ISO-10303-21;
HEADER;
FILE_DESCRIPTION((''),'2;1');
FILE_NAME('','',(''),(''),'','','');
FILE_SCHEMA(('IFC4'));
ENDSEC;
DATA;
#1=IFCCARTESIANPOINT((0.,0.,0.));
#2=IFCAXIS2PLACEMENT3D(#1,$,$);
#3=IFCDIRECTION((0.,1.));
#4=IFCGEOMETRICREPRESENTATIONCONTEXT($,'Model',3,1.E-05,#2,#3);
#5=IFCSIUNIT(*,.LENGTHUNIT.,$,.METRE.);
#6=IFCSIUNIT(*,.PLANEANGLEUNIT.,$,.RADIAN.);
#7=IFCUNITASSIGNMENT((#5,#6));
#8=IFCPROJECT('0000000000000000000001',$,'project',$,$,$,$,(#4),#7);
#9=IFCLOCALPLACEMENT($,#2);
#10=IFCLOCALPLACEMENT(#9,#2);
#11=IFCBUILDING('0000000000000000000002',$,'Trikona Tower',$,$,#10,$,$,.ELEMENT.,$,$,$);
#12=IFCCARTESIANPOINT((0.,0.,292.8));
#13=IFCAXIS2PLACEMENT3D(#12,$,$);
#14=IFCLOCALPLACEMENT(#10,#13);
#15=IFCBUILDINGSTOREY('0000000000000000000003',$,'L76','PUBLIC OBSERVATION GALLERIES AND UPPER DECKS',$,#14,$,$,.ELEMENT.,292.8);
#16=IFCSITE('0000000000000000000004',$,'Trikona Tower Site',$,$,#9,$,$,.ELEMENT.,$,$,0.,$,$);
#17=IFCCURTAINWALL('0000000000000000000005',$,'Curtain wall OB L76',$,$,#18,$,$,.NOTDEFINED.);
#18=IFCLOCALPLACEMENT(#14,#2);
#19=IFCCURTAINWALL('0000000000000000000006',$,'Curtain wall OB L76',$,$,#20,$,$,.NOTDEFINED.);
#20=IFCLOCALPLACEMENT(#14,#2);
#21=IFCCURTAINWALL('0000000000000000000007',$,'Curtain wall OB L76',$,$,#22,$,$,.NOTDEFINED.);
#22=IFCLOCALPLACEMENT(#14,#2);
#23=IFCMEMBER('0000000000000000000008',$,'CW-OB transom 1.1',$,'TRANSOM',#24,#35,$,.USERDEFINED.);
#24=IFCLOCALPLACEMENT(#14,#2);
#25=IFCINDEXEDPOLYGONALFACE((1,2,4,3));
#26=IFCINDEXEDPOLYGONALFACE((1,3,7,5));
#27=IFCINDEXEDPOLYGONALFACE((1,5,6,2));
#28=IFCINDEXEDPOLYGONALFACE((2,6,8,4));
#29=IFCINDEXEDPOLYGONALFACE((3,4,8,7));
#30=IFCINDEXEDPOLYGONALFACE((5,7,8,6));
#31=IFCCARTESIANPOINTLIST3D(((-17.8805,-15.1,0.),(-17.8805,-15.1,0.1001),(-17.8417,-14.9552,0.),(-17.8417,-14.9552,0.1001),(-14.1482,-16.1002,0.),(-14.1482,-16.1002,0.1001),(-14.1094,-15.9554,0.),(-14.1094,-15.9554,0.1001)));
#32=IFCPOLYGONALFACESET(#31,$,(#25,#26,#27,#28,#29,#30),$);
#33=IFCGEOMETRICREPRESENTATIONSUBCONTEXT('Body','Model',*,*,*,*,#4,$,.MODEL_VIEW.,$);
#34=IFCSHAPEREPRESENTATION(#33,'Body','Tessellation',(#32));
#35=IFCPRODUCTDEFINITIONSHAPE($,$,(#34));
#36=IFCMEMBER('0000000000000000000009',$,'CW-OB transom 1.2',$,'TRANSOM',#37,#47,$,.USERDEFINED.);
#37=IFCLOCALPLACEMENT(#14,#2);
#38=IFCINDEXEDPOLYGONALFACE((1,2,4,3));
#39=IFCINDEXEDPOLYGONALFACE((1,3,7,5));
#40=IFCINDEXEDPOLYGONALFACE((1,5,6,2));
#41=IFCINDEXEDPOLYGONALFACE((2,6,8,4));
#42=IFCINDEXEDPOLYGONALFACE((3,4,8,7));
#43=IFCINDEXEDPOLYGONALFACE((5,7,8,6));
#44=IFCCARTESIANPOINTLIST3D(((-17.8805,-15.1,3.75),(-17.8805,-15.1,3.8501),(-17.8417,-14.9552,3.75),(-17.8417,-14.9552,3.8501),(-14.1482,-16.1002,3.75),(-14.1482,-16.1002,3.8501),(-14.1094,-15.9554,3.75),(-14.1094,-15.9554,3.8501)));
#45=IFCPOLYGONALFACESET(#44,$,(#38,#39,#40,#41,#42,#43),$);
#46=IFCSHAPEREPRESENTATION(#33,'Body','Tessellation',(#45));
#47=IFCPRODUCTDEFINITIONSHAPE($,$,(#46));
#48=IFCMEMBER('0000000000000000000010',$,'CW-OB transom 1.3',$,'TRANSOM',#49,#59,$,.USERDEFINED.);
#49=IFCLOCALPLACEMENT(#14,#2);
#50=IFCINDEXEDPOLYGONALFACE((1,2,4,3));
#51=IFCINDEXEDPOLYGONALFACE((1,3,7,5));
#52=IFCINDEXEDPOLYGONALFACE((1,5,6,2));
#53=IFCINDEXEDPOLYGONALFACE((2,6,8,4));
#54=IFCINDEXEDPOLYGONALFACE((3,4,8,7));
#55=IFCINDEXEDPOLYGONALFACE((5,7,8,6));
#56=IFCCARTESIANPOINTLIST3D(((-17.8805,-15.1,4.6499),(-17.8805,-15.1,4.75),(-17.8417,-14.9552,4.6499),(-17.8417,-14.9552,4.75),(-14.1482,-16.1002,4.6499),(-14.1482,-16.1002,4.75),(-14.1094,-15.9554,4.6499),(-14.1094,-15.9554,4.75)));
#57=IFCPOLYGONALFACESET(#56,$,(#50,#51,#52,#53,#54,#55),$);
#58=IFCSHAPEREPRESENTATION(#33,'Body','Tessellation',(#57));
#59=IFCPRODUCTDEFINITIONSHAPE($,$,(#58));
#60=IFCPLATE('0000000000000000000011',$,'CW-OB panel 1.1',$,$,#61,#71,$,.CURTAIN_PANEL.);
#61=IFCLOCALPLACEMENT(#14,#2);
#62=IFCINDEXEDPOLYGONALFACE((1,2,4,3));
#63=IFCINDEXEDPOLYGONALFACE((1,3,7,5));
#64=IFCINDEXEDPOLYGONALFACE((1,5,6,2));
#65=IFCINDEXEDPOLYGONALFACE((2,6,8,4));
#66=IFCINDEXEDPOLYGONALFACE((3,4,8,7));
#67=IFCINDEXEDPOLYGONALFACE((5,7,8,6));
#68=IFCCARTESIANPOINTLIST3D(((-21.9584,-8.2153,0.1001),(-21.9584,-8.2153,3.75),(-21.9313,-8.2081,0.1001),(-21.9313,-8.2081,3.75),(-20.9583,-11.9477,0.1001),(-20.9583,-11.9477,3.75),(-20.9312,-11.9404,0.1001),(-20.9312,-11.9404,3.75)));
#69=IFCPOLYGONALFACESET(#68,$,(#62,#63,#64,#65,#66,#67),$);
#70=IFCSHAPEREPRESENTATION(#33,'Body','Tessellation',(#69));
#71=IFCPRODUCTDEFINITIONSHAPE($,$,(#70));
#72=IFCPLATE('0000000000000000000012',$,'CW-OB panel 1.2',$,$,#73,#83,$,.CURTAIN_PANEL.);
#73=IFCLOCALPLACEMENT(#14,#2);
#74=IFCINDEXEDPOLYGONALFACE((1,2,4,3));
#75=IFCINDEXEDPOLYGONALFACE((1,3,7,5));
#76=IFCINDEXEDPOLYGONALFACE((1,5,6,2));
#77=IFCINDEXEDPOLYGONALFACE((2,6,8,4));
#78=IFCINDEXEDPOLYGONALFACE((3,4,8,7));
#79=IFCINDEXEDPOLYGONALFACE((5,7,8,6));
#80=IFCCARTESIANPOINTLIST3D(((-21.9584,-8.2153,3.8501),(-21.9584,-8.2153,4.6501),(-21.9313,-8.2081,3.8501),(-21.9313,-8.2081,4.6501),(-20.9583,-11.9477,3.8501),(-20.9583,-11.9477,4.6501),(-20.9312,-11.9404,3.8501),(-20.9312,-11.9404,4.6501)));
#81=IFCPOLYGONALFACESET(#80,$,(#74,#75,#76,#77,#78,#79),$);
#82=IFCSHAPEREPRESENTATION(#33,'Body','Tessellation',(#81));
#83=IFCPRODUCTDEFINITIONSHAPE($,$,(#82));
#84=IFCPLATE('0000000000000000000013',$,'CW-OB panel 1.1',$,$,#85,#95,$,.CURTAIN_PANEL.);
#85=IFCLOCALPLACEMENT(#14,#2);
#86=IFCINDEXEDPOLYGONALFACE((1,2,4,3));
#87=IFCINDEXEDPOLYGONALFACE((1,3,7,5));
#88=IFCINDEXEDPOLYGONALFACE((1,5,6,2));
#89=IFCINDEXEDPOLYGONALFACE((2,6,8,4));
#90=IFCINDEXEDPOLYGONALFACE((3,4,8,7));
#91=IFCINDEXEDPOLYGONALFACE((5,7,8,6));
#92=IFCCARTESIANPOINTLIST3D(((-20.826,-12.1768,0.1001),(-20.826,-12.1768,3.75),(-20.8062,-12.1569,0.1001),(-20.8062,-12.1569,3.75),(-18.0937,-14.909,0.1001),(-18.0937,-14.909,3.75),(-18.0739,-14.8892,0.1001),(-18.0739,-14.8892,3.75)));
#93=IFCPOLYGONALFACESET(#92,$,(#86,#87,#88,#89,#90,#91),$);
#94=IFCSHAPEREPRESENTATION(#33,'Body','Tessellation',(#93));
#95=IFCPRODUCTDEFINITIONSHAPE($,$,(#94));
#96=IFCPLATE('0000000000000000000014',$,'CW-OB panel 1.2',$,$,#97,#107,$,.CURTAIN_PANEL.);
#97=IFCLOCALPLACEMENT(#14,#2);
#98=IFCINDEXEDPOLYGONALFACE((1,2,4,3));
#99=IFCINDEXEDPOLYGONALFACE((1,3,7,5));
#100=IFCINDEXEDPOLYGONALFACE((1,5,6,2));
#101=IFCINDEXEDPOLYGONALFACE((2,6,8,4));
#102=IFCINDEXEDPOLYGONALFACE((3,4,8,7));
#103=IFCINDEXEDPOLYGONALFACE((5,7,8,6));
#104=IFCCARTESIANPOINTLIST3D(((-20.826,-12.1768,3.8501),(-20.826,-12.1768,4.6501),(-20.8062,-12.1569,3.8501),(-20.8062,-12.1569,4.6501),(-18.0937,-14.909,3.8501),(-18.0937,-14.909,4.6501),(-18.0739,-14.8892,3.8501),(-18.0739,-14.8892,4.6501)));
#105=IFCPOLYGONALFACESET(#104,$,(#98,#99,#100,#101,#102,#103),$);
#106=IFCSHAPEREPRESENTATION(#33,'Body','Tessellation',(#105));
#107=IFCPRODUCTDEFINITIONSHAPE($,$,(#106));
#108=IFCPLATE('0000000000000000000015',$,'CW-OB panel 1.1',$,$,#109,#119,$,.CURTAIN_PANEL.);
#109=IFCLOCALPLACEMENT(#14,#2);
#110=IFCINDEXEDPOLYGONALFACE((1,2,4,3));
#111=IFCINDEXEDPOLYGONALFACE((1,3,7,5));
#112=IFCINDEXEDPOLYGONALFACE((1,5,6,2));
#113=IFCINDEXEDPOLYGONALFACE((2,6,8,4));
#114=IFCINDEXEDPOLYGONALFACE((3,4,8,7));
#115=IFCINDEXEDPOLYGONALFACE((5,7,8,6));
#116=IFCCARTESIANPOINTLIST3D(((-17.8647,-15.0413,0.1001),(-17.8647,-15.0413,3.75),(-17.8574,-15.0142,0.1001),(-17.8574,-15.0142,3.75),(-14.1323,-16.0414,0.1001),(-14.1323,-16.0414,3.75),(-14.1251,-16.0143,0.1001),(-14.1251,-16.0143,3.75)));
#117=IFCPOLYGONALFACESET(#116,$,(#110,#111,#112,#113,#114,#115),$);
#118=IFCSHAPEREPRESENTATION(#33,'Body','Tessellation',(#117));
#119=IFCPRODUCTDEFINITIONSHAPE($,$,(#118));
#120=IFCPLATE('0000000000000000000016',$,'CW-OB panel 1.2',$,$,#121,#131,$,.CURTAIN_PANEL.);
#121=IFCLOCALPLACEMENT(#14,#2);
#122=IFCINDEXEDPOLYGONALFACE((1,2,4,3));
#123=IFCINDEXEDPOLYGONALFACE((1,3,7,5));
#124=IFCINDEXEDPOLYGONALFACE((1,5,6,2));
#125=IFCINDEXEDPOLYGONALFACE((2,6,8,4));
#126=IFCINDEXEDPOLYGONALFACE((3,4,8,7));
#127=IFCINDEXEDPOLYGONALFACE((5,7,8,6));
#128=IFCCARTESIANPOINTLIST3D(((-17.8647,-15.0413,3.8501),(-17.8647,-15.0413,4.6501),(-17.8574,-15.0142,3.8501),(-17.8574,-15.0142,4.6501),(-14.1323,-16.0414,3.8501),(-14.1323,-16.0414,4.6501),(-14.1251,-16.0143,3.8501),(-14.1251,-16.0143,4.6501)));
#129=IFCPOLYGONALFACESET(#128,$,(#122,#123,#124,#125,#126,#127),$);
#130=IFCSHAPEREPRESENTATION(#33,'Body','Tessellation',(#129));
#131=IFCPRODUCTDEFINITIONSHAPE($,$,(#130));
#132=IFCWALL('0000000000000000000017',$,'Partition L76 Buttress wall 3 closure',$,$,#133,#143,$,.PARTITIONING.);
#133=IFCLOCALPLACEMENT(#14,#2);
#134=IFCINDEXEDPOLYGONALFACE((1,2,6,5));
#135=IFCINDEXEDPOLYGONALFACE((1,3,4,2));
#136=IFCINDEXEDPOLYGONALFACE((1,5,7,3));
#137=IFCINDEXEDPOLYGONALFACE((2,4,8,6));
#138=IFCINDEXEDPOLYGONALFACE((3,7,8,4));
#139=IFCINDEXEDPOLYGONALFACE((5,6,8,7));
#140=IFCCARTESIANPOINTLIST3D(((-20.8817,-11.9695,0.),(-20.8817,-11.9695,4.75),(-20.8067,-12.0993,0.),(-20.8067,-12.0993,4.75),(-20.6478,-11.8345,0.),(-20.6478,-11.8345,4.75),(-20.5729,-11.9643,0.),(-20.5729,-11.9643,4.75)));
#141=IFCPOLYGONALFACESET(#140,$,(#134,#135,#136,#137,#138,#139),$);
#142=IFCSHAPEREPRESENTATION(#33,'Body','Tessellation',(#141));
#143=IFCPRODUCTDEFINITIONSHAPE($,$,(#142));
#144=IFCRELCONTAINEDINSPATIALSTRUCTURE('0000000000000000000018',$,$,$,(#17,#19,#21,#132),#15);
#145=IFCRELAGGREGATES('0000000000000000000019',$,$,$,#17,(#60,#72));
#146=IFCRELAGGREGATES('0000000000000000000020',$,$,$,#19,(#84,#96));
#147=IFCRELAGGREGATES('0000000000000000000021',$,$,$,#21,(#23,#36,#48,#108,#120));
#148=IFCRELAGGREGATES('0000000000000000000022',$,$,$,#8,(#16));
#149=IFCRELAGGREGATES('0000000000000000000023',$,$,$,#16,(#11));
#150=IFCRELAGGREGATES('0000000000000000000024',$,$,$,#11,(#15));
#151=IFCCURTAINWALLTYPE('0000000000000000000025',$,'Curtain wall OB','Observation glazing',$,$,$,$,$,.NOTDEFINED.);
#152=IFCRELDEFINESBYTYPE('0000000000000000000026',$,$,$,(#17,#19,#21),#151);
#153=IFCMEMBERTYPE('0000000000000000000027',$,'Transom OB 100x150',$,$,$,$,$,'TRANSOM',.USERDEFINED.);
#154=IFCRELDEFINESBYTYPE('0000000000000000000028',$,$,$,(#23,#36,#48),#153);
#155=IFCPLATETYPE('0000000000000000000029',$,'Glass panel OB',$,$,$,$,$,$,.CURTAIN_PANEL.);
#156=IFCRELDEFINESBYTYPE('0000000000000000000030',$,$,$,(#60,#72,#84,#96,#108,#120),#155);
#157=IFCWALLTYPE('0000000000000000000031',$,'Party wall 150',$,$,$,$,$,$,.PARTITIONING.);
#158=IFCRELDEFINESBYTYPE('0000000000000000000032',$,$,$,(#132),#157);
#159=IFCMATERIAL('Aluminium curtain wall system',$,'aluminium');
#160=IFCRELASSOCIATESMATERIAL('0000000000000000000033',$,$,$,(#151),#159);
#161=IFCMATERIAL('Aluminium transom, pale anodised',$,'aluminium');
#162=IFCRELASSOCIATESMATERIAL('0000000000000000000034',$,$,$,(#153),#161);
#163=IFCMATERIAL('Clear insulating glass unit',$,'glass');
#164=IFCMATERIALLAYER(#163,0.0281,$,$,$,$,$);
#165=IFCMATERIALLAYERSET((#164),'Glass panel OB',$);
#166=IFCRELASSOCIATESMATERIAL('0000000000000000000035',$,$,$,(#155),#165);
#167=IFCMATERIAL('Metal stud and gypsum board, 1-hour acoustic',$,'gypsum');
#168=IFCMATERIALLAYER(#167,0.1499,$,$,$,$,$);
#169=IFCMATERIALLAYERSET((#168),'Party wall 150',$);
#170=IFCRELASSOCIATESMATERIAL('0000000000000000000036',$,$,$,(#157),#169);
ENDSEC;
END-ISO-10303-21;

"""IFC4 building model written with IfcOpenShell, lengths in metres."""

from ifc_helpers import new_model, si_unit, direction, frame, frame_2d, origin, origin_2d, place, context, subcontext, project, spatial, rectangle, extrude, material, layer, layer_set, material_profile, profile_set, type_object, element, aggregate, save


model = new_model("IFC4")

# Units and contexts
model_context = context("Model", 3, precision=1e-05, world=origin(), true_north=direction((0.0, 1.0)))
body_context = subcontext(model_context, "Body", "Model", "MODEL_VIEW")
ifc_project = project(units=[si_unit("LENGTHUNIT", "METRE"), si_unit("PLANEANGLEUNIT", "RADIAN")], contexts=[model_context])

# Site, building, storey
site_placement = place(None, origin())
site = spatial("IfcSite", under=ifc_project, at=site_placement, Name="Trikona Tower Site", CompositionType="ELEMENT", RefElevation=0.0)
building_placement = place(site_placement, origin())
building = spatial("IfcBuilding", under=site, at=building_placement, Name="Trikona Tower", CompositionType="ELEMENT")
storey_placement = place(building_placement, frame((0.0, 0.0, 292.8)))
storey = spatial("IfcBuildingStorey", under=building, at=storey_placement, Name="L76", Description="PUBLIC OBSERVATION GALLERIES AND UPPER DECKS", CompositionType="ELEMENT", Elevation=292.8)

# Curtain wall
ifc_material_1 = material(Name="Aluminium curtain wall system", Category="aluminium")
curtain_wall_type = type_object("IfcCurtainWallType", Name="Curtain wall OB", Description="Observation glazing", PredefinedType="NOTDEFINED", material=ifc_material_1)
curtain_wall_1_placement = place(storey_placement, origin())
curtain_wall_1 = element("IfcCurtainWall", 1, at=curtain_wall_1_placement, inside=storey, type_object=curtain_wall_type, Name="Curtain wall OB L76", PredefinedType="NOTDEFINED")

# Curtain walls
curtain_wall_2_placement = place(storey_placement, origin())
curtain_wall_2 = element("IfcCurtainWall", 2, at=curtain_wall_2_placement, inside=storey, type_object=curtain_wall_type, Name="Curtain wall OB L76", PredefinedType="NOTDEFINED")
curtain_wall_3_placement = place(storey_placement, origin())
curtain_wall_3 = element("IfcCurtainWall", 3, at=curtain_wall_3_placement, inside=storey, type_object=curtain_wall_type, Name="Curtain wall OB L76", PredefinedType="NOTDEFINED")

# Members
ifc_material_2 = material(Name="Aluminium transom, pale anodised", Category="aluminium")
ifc_material_profile_1 = material_profile(ifc_material_2, rectangle(XDim=0.1499, YDim=0.1001, at=origin_2d()), Name="TRN-OB")
ifc_profile_set_1 = profile_set([ifc_material_profile_1], Name="Aluminium transom, pale anodised")
member_type_1 = type_object("IfcMemberType", Name="Transom OB 100x150", ElementType="TRANSOM", PredefinedType="USERDEFINED", material=ifc_profile_set_1)
member_1_placement = place(storey_placement, frame((-17.8611, -15.0276, 0.05), z_axis=(0.965916, -0.258854, 0.0), x_axis=(0.258854, 0.965916, 0.0)))
member_1 = element("IfcMember", 4, at=member_1_placement, type_object=member_type_1, Name="CW-OB transom 1.1", ObjectType="TRANSOM", PredefinedType="USERDEFINED", context=body_context, shape_type="SweptSolid", body=[
    extrude(rectangle(XDim=0.1499, YDim=0.1001, at=origin_2d()), origin(), (0.0, 0.0, 1.0), 3.864),
])
member_2_placement = place(storey_placement, frame((-17.8611, -15.0276, 3.8), z_axis=(0.965916, -0.258854, 0.0), x_axis=(0.258854, 0.965916, 0.0)))
member_2 = element("IfcMember", 5, at=member_2_placement, type_object=member_type_1, Name="CW-OB transom 1.2", ObjectType="TRANSOM", PredefinedType="USERDEFINED", context=body_context, shape_type="SweptSolid", body=[
    extrude(rectangle(XDim=0.1499, YDim=0.1001, at=origin_2d()), origin(), (0.0, 0.0, 1.0), 3.864),
])
member_3_placement = place(storey_placement, frame((-17.8611, -15.0276, 4.7), z_axis=(0.965916, -0.258854, 0.0), x_axis=(0.258854, 0.965916, 0.0)))
member_3 = element("IfcMember", 6, at=member_3_placement, type_object=member_type_1, Name="CW-OB transom 1.3", ObjectType="TRANSOM", PredefinedType="USERDEFINED", context=body_context, shape_type="SweptSolid", body=[
    extrude(rectangle(XDim=0.1499, YDim=0.1001, at=origin_2d()), origin(), (0.0, 0.0, 1.0), 3.864),
])

# Plates
ifc_material_3 = material(Name="Clear insulating glass unit", Category="glass")
ifc_layer_1 = layer(ifc_material_3, 0.0281)
ifc_layer_set_1 = layer_set([ifc_layer_1], Name="Glass panel OB")
plate_type = type_object("IfcPlateType", Name="Glass panel OB", PredefinedType="CURTAIN_PANEL", material=ifc_layer_set_1)
plate_1_placement = place(storey_placement, frame((-21.4448, -10.0779, 0.1001), z_axis=(0.0, 0.0, 1.0), x_axis=(0.258828, -0.965923, 0.0)))
plate_1 = element("IfcPlate", 7, at=plate_1_placement, type_object=plate_type, Name="CW-OB panel 1.1", PredefinedType="CURTAIN_PANEL", context=body_context, shape_type="SweptSolid", body=[
    extrude(rectangle(XDim=3.864, YDim=0.0281, at=origin_2d()), origin(), (0.0, 0.0, 1.0), 3.6499),
])
plate_2_placement = place(storey_placement, frame((-21.4448, -10.0779, 3.8501), z_axis=(0.0, 0.0, 1.0), x_axis=(0.258828, -0.965923, 0.0)))
plate_2 = element("IfcPlate", 8, at=plate_2_placement, type_object=plate_type, Name="CW-OB panel 1.2", PredefinedType="CURTAIN_PANEL", context=body_context, shape_type="SweptSolid", body=[
    extrude(rectangle(XDim=3.864, YDim=0.0281, at=origin_2d()), origin(), (0.0, 0.0, 1.0), 0.8),
])
aggregate(curtain_wall_1, [plate_1, plate_2])
plate_3_placement = place(storey_placement, frame((-19.45, -13.533, 0.1001), z_axis=(0.0, 0.0, 1.0), x_axis=(0.707107, -0.707107, 0.0)))
plate_3 = element("IfcPlate", 9, at=plate_3_placement, type_object=plate_type, Name="CW-OB panel 1.1", PredefinedType="CURTAIN_PANEL", context=body_context, shape_type="SweptSolid", body=[
    extrude(rectangle(XDim=3.864, YDim=0.0281, at=origin_2d()), origin(), (0.0, 0.0, 1.0), 3.6499),
])
plate_4_placement = place(storey_placement, frame((-19.45, -13.533, 3.8501), z_axis=(0.0, 0.0, 1.0), x_axis=(0.707107, -0.707107, 0.0)))
plate_4 = element("IfcPlate", 10, at=plate_4_placement, type_object=plate_type, Name="CW-OB panel 1.2", PredefinedType="CURTAIN_PANEL", context=body_context, shape_type="SweptSolid", body=[
    extrude(rectangle(XDim=3.864, YDim=0.0281, at=origin_2d()), origin(), (0.0, 0.0, 1.0), 0.8),
])
aggregate(curtain_wall_2, [plate_3, plate_4])
plate_5_placement = place(storey_placement, frame((-15.9949, -15.5278, 0.1001), z_axis=(0.0, 0.0, 1.0), x_axis=(0.965923, -0.258828, 0.0)))
plate_5 = element("IfcPlate", 11, at=plate_5_placement, type_object=plate_type, Name="CW-OB panel 1.1", PredefinedType="CURTAIN_PANEL", context=body_context, shape_type="SweptSolid", body=[
    extrude(rectangle(XDim=3.864, YDim=0.0281, at=origin_2d()), origin(), (0.0, 0.0, 1.0), 3.6499),
])
plate_6_placement = place(storey_placement, frame((-15.9949, -15.5278, 3.8501), z_axis=(0.0, 0.0, 1.0), x_axis=(0.965923, -0.258828, 0.0)))
plate_6 = element("IfcPlate", 12, at=plate_6_placement, type_object=plate_type, Name="CW-OB panel 1.2", PredefinedType="CURTAIN_PANEL", context=body_context, shape_type="SweptSolid", body=[
    extrude(rectangle(XDim=3.864, YDim=0.0281, at=origin_2d()), origin(), (0.0, 0.0, 1.0), 0.8),
])
aggregate(curtain_wall_3, [member_1, member_2, member_3, plate_5, plate_6])

# Wall
ifc_material_4 = material(Name="Metal stud and gypsum board, 1-hour acoustic", Category="gypsum")
ifc_layer_2 = layer(ifc_material_4, 0.1499)
ifc_layer_set_2 = layer_set([ifc_layer_2], Name="Party wall 150")
wall_type = type_object("IfcWallType", Name="Party wall 150", PredefinedType="PARTITIONING", material=ifc_layer_set_2)
wall_placement = place(storey_placement, frame((-20.6104, -11.8994, 0.0), z_axis=(0.0, 0.0, 1.0), x_axis=(-0.866065, -0.499931, 0.0)))
element("IfcWall", 13, at=wall_placement, inside=storey, type_object=wall_type, Name="Partition L76 Buttress wall 3 closure", PredefinedType="PARTITIONING", context=body_context, shape_type="SweptSolid", body=[
    extrude(rectangle(XDim=0.27, YDim=0.1499, at=frame_2d((0.135, 0.0))), origin(), (0.0, 0.0, 1.0), 4.75),
])

save(model, "model.ifc")
